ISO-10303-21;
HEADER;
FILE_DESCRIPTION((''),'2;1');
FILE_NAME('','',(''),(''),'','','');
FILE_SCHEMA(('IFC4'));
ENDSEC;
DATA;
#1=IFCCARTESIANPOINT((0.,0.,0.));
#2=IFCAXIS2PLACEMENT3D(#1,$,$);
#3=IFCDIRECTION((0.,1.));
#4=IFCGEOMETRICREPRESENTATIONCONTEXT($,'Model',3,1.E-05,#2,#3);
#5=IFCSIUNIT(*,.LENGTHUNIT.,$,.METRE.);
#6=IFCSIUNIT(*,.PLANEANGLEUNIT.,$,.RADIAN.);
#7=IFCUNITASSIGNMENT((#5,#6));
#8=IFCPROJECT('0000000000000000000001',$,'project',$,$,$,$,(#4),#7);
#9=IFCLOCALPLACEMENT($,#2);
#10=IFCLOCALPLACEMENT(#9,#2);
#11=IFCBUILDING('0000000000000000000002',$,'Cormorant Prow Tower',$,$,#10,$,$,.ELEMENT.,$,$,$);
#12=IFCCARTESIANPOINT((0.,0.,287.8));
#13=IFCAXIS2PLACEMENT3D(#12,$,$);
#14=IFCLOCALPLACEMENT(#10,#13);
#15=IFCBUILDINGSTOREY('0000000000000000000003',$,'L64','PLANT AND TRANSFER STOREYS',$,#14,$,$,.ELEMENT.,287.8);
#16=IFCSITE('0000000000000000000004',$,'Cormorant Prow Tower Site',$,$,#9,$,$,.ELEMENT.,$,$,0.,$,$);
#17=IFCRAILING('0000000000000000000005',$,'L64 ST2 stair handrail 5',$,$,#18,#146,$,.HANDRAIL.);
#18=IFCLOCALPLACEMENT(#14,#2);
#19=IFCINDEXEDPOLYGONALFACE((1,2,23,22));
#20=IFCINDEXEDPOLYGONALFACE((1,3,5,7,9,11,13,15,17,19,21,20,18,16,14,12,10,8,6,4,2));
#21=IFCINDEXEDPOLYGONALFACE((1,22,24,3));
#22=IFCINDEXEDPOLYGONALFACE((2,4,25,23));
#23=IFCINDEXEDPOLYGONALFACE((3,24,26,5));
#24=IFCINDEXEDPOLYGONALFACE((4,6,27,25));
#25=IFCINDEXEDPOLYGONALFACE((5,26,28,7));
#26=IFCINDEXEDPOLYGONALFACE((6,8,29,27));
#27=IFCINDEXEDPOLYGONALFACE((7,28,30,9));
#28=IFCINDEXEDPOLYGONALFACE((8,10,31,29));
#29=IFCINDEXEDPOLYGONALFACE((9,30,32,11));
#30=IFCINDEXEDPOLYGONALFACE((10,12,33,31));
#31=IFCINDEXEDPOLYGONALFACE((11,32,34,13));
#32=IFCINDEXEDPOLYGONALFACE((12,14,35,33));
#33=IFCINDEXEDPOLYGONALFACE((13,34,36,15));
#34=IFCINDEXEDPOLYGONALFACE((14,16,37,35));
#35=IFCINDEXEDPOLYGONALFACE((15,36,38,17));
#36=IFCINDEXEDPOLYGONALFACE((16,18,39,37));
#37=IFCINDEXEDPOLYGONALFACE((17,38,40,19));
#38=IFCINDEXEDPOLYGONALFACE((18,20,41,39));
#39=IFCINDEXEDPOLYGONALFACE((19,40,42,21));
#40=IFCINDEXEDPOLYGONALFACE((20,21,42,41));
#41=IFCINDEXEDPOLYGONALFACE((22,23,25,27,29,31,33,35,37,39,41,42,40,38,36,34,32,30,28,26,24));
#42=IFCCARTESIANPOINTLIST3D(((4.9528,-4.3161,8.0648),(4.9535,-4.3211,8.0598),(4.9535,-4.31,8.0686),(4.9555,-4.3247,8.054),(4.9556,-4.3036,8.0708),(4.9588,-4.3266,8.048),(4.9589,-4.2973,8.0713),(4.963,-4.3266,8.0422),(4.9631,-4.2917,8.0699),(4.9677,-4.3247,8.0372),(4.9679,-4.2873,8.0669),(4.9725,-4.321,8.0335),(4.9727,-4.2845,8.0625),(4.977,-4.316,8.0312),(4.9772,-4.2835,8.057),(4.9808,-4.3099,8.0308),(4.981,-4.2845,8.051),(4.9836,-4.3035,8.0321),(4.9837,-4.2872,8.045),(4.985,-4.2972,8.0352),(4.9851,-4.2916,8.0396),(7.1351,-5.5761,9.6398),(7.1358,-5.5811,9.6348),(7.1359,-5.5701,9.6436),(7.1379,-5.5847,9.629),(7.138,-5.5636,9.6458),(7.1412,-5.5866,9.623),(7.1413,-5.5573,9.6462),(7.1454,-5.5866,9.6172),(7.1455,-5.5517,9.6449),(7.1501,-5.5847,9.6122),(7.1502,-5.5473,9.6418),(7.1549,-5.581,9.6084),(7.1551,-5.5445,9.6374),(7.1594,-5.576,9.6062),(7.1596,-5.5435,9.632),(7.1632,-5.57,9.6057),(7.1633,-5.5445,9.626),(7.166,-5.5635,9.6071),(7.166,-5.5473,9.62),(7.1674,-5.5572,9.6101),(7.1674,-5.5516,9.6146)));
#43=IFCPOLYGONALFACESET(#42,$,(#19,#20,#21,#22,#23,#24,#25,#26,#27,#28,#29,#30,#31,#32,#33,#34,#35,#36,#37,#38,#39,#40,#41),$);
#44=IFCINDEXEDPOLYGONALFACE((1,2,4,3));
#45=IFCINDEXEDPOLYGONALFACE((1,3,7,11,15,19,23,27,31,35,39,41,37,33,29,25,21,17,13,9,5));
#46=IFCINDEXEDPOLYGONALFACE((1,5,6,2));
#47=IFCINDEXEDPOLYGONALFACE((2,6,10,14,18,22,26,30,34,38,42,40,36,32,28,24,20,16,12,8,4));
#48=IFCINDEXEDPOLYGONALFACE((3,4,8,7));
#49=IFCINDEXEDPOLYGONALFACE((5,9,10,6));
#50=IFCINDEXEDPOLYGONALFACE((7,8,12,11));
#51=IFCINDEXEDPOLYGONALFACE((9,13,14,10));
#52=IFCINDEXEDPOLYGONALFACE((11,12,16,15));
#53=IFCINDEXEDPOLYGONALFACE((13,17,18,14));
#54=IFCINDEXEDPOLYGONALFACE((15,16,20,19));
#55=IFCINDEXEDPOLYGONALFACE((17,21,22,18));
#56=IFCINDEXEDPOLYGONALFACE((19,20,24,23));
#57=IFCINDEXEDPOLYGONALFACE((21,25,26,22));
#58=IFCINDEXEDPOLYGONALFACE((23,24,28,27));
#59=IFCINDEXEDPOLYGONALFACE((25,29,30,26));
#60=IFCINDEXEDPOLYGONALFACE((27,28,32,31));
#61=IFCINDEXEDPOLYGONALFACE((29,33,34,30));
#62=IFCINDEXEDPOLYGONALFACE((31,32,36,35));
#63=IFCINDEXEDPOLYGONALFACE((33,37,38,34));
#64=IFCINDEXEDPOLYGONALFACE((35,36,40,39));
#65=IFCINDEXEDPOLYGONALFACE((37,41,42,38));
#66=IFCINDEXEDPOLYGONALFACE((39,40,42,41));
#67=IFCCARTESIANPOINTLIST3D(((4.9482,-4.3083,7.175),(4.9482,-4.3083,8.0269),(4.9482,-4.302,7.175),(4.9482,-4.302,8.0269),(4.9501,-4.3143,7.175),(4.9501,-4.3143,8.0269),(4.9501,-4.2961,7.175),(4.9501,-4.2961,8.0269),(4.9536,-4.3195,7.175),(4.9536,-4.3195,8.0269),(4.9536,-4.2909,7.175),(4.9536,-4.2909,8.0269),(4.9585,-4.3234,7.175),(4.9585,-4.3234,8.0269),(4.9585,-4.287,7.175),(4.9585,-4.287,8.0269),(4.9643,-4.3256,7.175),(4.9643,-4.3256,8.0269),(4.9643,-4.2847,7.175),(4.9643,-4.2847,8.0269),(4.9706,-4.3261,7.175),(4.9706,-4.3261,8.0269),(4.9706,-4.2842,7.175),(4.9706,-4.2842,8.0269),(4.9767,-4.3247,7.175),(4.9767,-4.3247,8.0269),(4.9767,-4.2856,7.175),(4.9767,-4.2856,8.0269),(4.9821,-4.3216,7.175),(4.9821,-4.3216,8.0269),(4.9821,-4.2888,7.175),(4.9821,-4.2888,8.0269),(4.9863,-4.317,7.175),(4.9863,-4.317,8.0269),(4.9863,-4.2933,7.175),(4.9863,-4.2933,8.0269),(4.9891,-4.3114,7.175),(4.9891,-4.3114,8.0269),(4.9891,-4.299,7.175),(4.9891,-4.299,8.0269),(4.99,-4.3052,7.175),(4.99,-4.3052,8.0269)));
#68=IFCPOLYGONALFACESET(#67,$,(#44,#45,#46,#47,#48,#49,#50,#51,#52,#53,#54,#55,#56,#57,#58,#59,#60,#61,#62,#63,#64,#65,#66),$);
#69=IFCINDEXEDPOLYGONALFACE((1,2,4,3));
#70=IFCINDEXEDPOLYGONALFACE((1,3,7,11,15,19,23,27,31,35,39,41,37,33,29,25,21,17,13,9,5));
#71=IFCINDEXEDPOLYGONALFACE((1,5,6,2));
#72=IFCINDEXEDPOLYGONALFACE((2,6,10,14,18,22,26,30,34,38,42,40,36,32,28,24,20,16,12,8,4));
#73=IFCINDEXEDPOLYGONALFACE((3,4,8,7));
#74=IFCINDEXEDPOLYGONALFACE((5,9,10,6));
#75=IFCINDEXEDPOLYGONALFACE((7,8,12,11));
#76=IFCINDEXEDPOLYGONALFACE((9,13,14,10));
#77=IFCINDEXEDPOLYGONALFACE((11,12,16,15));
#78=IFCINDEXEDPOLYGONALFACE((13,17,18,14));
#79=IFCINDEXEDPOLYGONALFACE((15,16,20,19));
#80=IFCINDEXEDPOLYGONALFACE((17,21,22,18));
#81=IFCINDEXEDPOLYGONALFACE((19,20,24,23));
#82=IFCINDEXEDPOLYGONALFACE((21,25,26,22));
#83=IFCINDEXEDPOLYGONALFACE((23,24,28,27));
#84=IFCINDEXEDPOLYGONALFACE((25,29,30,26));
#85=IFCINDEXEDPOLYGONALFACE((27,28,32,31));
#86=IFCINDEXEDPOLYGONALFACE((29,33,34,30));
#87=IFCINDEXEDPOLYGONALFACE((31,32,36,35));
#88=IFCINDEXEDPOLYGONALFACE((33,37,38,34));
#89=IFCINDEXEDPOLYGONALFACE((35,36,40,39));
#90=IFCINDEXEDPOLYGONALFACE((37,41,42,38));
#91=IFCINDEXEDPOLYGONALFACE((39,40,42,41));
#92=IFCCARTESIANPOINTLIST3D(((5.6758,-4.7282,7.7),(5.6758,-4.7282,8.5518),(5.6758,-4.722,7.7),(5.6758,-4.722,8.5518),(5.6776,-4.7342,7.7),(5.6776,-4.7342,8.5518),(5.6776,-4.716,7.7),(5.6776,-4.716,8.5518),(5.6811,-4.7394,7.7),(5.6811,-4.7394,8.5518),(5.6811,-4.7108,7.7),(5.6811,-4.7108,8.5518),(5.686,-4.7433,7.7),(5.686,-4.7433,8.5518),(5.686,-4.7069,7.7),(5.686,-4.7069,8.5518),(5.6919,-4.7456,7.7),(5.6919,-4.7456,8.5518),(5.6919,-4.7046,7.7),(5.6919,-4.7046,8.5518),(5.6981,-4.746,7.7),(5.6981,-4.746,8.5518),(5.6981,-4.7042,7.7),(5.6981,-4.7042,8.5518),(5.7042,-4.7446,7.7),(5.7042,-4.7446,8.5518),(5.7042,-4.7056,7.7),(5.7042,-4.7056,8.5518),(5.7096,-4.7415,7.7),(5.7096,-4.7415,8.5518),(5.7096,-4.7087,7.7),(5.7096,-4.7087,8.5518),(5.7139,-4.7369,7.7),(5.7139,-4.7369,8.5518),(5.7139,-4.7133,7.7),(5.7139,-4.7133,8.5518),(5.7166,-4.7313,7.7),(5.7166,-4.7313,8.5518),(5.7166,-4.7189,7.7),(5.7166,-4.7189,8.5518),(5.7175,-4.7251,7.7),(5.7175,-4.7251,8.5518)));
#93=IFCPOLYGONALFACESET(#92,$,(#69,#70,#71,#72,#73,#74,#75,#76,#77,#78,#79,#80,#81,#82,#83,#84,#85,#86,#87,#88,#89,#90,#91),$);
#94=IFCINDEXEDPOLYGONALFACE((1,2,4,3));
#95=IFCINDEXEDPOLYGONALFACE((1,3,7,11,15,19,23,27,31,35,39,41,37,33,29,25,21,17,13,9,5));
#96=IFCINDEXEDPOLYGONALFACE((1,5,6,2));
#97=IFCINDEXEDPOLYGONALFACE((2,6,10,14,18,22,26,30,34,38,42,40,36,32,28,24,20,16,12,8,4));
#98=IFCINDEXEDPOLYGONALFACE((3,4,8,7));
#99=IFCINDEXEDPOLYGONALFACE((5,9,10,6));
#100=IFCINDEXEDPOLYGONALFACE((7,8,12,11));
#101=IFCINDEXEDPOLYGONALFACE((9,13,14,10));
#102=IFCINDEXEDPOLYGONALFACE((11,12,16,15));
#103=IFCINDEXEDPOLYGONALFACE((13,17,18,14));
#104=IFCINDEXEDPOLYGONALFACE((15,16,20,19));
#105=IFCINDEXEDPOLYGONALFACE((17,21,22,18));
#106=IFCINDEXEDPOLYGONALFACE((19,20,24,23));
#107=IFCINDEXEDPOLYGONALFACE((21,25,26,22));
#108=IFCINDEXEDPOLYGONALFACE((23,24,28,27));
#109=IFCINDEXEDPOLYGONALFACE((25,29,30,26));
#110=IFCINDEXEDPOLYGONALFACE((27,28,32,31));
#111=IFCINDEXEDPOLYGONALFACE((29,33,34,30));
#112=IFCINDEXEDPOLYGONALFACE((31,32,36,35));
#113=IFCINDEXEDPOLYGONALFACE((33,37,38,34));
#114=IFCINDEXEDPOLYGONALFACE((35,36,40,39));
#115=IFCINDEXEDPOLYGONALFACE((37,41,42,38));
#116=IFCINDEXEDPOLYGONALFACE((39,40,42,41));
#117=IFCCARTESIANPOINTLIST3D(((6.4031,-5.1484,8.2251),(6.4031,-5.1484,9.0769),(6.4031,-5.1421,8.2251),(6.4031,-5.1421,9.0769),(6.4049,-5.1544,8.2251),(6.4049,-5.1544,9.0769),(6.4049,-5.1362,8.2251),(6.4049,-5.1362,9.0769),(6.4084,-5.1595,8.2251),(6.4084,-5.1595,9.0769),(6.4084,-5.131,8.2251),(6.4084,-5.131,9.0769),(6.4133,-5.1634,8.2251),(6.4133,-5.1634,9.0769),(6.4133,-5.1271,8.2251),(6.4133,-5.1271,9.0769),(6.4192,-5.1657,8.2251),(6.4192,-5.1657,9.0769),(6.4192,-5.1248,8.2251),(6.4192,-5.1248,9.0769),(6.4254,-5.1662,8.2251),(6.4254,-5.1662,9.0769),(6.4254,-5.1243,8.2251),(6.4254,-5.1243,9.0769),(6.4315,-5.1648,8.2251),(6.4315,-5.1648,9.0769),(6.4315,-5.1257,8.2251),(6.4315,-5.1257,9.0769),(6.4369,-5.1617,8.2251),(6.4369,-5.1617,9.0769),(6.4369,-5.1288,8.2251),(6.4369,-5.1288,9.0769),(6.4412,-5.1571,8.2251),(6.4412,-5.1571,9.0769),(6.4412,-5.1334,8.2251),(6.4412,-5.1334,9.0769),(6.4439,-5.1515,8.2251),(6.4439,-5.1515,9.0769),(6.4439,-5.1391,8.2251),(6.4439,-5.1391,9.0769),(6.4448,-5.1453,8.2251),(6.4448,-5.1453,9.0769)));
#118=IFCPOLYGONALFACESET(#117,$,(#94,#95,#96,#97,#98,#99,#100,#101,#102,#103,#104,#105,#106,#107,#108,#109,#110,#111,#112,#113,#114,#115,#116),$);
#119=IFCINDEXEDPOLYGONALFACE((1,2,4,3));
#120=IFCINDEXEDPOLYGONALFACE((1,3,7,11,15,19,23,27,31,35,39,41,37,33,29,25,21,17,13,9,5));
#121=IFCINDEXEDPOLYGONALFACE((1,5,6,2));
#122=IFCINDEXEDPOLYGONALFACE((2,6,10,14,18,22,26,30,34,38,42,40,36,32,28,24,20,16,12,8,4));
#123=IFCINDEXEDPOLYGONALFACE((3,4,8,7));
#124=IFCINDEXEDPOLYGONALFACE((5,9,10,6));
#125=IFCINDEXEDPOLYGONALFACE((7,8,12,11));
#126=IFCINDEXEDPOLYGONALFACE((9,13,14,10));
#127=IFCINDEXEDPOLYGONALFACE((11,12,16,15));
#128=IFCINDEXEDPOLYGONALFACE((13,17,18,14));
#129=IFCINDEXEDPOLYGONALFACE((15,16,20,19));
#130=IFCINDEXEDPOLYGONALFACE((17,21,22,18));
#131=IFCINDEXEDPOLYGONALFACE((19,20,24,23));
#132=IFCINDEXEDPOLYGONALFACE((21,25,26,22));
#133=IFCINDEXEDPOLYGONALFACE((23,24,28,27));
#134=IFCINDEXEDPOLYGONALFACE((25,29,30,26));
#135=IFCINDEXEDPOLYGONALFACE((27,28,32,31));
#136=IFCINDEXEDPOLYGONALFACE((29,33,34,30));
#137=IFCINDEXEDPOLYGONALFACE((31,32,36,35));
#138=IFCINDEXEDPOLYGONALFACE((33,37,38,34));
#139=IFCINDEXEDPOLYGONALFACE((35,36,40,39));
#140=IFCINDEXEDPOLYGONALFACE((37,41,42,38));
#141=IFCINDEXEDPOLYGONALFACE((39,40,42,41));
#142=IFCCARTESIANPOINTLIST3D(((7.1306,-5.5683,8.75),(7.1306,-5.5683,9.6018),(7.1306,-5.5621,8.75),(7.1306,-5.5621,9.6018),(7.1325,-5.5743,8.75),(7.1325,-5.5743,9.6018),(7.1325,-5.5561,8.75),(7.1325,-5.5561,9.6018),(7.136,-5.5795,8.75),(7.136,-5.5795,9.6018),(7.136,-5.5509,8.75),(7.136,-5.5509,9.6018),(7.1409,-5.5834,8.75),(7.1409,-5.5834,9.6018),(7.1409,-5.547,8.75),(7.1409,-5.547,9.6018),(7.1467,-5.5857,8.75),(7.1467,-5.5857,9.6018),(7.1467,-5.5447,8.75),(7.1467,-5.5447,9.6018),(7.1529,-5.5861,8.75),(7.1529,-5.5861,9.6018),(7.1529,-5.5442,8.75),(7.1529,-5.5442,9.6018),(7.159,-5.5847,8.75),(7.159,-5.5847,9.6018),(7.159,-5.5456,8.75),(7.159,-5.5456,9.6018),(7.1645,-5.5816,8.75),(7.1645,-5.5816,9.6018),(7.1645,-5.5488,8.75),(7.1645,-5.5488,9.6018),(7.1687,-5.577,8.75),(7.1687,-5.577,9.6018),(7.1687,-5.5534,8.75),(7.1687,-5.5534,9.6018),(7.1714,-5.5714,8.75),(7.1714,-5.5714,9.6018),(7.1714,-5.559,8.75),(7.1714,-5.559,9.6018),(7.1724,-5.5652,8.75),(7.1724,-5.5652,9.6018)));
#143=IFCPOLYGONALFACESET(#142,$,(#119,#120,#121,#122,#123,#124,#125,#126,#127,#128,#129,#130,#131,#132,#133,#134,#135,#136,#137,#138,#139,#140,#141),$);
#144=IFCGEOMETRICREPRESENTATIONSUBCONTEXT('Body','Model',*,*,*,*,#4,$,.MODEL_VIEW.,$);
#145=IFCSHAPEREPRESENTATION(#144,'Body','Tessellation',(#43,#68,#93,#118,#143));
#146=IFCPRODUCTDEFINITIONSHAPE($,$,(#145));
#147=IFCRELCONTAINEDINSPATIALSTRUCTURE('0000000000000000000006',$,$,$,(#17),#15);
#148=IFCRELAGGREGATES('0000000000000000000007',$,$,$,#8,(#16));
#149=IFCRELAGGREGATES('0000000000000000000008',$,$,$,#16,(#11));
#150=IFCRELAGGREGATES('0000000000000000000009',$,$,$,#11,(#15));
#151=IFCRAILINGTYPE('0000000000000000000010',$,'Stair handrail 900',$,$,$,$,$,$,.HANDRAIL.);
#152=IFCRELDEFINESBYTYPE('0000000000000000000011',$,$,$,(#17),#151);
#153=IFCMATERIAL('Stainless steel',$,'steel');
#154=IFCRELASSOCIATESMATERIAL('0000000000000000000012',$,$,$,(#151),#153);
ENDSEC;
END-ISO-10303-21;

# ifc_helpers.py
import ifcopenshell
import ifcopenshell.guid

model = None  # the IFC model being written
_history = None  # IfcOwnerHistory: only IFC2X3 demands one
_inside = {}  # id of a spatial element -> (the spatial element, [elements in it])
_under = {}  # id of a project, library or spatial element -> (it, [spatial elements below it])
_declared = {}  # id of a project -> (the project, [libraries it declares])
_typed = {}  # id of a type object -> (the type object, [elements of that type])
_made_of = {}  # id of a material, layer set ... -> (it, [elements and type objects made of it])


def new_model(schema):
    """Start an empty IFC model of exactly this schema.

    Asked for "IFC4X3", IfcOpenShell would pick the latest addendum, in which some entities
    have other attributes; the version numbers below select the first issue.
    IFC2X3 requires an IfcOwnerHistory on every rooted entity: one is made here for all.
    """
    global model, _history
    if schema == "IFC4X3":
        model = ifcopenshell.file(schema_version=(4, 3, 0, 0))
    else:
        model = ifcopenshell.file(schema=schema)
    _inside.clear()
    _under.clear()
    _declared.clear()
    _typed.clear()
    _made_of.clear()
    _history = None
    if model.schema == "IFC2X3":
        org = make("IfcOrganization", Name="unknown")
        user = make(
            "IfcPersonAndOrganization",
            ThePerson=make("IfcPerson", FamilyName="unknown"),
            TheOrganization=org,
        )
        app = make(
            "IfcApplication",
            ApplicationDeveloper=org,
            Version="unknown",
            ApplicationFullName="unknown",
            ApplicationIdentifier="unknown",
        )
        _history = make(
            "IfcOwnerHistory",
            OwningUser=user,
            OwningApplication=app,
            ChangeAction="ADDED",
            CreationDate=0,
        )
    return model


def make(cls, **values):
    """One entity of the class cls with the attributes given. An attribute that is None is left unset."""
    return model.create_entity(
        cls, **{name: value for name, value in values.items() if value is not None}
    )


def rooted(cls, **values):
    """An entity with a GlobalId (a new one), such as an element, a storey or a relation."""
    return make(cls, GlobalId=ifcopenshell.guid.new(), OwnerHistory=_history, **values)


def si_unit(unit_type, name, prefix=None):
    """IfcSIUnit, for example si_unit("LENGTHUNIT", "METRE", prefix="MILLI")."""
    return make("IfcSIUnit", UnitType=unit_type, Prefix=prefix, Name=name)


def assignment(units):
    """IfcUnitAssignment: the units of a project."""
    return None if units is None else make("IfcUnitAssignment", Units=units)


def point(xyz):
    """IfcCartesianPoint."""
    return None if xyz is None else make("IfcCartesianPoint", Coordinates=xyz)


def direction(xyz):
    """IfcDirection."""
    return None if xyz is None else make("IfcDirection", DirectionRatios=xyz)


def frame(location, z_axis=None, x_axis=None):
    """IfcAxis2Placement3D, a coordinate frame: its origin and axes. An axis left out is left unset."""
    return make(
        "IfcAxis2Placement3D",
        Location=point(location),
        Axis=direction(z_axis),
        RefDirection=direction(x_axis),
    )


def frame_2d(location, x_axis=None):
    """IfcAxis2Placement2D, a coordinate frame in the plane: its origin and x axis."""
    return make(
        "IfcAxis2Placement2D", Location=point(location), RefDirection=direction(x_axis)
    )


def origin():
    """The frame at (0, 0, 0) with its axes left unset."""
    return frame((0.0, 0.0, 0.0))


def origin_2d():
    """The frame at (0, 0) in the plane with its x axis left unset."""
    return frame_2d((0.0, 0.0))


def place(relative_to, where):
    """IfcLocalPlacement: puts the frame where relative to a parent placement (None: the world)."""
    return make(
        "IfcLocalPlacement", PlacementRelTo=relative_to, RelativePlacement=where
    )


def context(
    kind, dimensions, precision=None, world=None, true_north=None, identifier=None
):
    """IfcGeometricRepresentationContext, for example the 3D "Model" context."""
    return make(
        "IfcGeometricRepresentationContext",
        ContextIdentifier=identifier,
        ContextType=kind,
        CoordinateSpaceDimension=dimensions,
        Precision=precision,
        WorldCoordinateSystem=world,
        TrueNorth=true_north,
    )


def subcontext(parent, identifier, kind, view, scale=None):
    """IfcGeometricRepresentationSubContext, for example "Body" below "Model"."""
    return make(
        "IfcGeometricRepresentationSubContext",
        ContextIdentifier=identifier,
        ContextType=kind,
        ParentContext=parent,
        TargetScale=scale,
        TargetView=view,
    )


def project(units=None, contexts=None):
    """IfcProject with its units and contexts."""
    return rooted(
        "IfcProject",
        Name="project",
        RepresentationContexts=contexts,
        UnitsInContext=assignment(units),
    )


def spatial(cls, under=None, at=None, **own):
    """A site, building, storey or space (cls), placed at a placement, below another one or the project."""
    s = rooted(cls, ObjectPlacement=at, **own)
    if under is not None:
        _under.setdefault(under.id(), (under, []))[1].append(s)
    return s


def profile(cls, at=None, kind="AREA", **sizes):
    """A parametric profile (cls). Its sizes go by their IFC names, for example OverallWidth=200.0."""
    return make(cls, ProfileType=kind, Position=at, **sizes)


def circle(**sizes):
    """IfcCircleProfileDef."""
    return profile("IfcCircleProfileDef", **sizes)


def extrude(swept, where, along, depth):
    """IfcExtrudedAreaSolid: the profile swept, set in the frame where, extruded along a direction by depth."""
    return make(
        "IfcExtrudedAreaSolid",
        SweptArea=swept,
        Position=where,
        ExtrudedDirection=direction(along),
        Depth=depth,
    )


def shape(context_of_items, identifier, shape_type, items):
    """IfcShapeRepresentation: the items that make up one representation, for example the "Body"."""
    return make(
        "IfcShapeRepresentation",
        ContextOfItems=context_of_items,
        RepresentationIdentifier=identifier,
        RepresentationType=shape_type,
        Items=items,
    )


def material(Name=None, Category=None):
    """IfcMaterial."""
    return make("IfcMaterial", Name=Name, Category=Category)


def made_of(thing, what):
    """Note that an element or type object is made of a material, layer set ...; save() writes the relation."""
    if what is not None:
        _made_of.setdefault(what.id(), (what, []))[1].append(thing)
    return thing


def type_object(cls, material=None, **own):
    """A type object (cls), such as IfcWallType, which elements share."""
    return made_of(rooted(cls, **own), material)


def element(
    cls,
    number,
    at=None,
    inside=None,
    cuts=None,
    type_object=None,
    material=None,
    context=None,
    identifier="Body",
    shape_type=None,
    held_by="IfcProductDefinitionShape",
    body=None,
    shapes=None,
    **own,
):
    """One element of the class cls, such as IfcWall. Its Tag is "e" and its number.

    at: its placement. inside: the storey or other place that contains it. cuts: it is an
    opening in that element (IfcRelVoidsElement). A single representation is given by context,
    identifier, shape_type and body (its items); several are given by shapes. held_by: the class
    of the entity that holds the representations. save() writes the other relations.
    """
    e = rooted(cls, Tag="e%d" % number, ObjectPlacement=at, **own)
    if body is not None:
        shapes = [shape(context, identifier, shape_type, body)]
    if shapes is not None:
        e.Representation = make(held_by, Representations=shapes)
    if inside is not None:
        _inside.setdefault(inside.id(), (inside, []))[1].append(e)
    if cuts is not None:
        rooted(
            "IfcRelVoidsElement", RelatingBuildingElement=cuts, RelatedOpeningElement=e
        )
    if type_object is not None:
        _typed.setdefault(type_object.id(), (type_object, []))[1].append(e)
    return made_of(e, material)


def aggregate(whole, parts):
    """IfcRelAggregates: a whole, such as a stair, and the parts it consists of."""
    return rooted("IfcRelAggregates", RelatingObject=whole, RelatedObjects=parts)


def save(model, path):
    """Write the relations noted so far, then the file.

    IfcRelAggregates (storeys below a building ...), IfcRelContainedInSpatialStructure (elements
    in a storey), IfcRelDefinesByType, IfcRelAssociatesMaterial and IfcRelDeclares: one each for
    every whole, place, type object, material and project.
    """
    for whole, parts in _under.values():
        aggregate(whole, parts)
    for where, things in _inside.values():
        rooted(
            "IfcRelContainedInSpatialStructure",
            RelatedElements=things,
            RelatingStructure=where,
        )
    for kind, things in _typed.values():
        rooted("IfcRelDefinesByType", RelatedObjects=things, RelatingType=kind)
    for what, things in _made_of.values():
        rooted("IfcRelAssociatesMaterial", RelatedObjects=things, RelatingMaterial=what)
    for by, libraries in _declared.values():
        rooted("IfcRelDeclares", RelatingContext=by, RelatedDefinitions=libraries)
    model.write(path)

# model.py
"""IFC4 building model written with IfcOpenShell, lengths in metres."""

from ifc_helpers import new_model, si_unit, direction, frame, origin, origin_2d, place, context, subcontext, project, spatial, circle, extrude, material, type_object, element, save


model = new_model("IFC4")

# Units and contexts
model_context = context("Model", 3, precision=1e-05, world=origin(), true_north=direction((0.0, 1.0)))
body_context = subcontext(model_context, "Body", "Model", "MODEL_VIEW")
ifc_project = project(units=[si_unit("LENGTHUNIT", "METRE"), si_unit("PLANEANGLEUNIT", "RADIAN")], contexts=[model_context])

# Site, building, storey
site_placement = place(None, origin())
site = spatial("IfcSite", under=ifc_project, at=site_placement, Name="Cormorant Prow Tower Site", CompositionType="ELEMENT", RefElevation=0.0)
building_placement = place(site_placement, origin())
building = spatial("IfcBuilding", under=site, at=building_placement, Name="Cormorant Prow Tower", CompositionType="ELEMENT")
storey_placement = place(building_placement, frame((0.0, 0.0, 287.8)))
storey = spatial("IfcBuildingStorey", under=building, at=storey_placement, Name="L64", Description="PLANT AND TRANSFER STOREYS", CompositionType="ELEMENT", Elevation=287.8)

# Railing
ifc_material_1 = material(Name="Stainless steel", Category="steel")
railing_type_1 = type_object("IfcRailingType", Name="Stair handrail 900", PredefinedType="HANDRAIL", material=ifc_material_1)
for number, where, name in (
    (1, (4.969, -4.3052, 7.175), "L64 ST2 stair handrail 5"),
):
    element("IfcRailing", number, at=place(storey_placement, frame(where)), inside=storey, type_object=railing_type_1, Name=name, PredefinedType="HANDRAIL", context=body_context, shape_type="SweptSolid", body=[
        extrude(circle(Radius=0.0239, at=origin_2d()), frame((0.0, 0.0, 0.876), z_axis=(0.734392, -0.424007, 0.529988), x_axis=(0.500005, 0.866023, 0.0)), (0.0, 0.0, 1.0), 2.9717),
        extrude(circle(Radius=0.021, at=origin_2d()), origin(), (0.0, 0.0, 1.0), 0.8518),
        extrude(circle(Radius=0.021, at=origin_2d()), frame((0.7275, -0.4199, 0.5249)), (0.0, 0.0, 1.0), 0.8518),
        extrude(circle(Radius=0.021, at=origin_2d()), frame((1.4548, -0.8401, 1.05)), (0.0, 0.0, 1.0), 0.8518),
        extrude(circle(Radius=0.021, at=origin_2d()), frame((2.1824, -1.26, 1.575)), (0.0, 0.0, 1.0), 0.8518),
    ])

save(model, "model.ifc")
